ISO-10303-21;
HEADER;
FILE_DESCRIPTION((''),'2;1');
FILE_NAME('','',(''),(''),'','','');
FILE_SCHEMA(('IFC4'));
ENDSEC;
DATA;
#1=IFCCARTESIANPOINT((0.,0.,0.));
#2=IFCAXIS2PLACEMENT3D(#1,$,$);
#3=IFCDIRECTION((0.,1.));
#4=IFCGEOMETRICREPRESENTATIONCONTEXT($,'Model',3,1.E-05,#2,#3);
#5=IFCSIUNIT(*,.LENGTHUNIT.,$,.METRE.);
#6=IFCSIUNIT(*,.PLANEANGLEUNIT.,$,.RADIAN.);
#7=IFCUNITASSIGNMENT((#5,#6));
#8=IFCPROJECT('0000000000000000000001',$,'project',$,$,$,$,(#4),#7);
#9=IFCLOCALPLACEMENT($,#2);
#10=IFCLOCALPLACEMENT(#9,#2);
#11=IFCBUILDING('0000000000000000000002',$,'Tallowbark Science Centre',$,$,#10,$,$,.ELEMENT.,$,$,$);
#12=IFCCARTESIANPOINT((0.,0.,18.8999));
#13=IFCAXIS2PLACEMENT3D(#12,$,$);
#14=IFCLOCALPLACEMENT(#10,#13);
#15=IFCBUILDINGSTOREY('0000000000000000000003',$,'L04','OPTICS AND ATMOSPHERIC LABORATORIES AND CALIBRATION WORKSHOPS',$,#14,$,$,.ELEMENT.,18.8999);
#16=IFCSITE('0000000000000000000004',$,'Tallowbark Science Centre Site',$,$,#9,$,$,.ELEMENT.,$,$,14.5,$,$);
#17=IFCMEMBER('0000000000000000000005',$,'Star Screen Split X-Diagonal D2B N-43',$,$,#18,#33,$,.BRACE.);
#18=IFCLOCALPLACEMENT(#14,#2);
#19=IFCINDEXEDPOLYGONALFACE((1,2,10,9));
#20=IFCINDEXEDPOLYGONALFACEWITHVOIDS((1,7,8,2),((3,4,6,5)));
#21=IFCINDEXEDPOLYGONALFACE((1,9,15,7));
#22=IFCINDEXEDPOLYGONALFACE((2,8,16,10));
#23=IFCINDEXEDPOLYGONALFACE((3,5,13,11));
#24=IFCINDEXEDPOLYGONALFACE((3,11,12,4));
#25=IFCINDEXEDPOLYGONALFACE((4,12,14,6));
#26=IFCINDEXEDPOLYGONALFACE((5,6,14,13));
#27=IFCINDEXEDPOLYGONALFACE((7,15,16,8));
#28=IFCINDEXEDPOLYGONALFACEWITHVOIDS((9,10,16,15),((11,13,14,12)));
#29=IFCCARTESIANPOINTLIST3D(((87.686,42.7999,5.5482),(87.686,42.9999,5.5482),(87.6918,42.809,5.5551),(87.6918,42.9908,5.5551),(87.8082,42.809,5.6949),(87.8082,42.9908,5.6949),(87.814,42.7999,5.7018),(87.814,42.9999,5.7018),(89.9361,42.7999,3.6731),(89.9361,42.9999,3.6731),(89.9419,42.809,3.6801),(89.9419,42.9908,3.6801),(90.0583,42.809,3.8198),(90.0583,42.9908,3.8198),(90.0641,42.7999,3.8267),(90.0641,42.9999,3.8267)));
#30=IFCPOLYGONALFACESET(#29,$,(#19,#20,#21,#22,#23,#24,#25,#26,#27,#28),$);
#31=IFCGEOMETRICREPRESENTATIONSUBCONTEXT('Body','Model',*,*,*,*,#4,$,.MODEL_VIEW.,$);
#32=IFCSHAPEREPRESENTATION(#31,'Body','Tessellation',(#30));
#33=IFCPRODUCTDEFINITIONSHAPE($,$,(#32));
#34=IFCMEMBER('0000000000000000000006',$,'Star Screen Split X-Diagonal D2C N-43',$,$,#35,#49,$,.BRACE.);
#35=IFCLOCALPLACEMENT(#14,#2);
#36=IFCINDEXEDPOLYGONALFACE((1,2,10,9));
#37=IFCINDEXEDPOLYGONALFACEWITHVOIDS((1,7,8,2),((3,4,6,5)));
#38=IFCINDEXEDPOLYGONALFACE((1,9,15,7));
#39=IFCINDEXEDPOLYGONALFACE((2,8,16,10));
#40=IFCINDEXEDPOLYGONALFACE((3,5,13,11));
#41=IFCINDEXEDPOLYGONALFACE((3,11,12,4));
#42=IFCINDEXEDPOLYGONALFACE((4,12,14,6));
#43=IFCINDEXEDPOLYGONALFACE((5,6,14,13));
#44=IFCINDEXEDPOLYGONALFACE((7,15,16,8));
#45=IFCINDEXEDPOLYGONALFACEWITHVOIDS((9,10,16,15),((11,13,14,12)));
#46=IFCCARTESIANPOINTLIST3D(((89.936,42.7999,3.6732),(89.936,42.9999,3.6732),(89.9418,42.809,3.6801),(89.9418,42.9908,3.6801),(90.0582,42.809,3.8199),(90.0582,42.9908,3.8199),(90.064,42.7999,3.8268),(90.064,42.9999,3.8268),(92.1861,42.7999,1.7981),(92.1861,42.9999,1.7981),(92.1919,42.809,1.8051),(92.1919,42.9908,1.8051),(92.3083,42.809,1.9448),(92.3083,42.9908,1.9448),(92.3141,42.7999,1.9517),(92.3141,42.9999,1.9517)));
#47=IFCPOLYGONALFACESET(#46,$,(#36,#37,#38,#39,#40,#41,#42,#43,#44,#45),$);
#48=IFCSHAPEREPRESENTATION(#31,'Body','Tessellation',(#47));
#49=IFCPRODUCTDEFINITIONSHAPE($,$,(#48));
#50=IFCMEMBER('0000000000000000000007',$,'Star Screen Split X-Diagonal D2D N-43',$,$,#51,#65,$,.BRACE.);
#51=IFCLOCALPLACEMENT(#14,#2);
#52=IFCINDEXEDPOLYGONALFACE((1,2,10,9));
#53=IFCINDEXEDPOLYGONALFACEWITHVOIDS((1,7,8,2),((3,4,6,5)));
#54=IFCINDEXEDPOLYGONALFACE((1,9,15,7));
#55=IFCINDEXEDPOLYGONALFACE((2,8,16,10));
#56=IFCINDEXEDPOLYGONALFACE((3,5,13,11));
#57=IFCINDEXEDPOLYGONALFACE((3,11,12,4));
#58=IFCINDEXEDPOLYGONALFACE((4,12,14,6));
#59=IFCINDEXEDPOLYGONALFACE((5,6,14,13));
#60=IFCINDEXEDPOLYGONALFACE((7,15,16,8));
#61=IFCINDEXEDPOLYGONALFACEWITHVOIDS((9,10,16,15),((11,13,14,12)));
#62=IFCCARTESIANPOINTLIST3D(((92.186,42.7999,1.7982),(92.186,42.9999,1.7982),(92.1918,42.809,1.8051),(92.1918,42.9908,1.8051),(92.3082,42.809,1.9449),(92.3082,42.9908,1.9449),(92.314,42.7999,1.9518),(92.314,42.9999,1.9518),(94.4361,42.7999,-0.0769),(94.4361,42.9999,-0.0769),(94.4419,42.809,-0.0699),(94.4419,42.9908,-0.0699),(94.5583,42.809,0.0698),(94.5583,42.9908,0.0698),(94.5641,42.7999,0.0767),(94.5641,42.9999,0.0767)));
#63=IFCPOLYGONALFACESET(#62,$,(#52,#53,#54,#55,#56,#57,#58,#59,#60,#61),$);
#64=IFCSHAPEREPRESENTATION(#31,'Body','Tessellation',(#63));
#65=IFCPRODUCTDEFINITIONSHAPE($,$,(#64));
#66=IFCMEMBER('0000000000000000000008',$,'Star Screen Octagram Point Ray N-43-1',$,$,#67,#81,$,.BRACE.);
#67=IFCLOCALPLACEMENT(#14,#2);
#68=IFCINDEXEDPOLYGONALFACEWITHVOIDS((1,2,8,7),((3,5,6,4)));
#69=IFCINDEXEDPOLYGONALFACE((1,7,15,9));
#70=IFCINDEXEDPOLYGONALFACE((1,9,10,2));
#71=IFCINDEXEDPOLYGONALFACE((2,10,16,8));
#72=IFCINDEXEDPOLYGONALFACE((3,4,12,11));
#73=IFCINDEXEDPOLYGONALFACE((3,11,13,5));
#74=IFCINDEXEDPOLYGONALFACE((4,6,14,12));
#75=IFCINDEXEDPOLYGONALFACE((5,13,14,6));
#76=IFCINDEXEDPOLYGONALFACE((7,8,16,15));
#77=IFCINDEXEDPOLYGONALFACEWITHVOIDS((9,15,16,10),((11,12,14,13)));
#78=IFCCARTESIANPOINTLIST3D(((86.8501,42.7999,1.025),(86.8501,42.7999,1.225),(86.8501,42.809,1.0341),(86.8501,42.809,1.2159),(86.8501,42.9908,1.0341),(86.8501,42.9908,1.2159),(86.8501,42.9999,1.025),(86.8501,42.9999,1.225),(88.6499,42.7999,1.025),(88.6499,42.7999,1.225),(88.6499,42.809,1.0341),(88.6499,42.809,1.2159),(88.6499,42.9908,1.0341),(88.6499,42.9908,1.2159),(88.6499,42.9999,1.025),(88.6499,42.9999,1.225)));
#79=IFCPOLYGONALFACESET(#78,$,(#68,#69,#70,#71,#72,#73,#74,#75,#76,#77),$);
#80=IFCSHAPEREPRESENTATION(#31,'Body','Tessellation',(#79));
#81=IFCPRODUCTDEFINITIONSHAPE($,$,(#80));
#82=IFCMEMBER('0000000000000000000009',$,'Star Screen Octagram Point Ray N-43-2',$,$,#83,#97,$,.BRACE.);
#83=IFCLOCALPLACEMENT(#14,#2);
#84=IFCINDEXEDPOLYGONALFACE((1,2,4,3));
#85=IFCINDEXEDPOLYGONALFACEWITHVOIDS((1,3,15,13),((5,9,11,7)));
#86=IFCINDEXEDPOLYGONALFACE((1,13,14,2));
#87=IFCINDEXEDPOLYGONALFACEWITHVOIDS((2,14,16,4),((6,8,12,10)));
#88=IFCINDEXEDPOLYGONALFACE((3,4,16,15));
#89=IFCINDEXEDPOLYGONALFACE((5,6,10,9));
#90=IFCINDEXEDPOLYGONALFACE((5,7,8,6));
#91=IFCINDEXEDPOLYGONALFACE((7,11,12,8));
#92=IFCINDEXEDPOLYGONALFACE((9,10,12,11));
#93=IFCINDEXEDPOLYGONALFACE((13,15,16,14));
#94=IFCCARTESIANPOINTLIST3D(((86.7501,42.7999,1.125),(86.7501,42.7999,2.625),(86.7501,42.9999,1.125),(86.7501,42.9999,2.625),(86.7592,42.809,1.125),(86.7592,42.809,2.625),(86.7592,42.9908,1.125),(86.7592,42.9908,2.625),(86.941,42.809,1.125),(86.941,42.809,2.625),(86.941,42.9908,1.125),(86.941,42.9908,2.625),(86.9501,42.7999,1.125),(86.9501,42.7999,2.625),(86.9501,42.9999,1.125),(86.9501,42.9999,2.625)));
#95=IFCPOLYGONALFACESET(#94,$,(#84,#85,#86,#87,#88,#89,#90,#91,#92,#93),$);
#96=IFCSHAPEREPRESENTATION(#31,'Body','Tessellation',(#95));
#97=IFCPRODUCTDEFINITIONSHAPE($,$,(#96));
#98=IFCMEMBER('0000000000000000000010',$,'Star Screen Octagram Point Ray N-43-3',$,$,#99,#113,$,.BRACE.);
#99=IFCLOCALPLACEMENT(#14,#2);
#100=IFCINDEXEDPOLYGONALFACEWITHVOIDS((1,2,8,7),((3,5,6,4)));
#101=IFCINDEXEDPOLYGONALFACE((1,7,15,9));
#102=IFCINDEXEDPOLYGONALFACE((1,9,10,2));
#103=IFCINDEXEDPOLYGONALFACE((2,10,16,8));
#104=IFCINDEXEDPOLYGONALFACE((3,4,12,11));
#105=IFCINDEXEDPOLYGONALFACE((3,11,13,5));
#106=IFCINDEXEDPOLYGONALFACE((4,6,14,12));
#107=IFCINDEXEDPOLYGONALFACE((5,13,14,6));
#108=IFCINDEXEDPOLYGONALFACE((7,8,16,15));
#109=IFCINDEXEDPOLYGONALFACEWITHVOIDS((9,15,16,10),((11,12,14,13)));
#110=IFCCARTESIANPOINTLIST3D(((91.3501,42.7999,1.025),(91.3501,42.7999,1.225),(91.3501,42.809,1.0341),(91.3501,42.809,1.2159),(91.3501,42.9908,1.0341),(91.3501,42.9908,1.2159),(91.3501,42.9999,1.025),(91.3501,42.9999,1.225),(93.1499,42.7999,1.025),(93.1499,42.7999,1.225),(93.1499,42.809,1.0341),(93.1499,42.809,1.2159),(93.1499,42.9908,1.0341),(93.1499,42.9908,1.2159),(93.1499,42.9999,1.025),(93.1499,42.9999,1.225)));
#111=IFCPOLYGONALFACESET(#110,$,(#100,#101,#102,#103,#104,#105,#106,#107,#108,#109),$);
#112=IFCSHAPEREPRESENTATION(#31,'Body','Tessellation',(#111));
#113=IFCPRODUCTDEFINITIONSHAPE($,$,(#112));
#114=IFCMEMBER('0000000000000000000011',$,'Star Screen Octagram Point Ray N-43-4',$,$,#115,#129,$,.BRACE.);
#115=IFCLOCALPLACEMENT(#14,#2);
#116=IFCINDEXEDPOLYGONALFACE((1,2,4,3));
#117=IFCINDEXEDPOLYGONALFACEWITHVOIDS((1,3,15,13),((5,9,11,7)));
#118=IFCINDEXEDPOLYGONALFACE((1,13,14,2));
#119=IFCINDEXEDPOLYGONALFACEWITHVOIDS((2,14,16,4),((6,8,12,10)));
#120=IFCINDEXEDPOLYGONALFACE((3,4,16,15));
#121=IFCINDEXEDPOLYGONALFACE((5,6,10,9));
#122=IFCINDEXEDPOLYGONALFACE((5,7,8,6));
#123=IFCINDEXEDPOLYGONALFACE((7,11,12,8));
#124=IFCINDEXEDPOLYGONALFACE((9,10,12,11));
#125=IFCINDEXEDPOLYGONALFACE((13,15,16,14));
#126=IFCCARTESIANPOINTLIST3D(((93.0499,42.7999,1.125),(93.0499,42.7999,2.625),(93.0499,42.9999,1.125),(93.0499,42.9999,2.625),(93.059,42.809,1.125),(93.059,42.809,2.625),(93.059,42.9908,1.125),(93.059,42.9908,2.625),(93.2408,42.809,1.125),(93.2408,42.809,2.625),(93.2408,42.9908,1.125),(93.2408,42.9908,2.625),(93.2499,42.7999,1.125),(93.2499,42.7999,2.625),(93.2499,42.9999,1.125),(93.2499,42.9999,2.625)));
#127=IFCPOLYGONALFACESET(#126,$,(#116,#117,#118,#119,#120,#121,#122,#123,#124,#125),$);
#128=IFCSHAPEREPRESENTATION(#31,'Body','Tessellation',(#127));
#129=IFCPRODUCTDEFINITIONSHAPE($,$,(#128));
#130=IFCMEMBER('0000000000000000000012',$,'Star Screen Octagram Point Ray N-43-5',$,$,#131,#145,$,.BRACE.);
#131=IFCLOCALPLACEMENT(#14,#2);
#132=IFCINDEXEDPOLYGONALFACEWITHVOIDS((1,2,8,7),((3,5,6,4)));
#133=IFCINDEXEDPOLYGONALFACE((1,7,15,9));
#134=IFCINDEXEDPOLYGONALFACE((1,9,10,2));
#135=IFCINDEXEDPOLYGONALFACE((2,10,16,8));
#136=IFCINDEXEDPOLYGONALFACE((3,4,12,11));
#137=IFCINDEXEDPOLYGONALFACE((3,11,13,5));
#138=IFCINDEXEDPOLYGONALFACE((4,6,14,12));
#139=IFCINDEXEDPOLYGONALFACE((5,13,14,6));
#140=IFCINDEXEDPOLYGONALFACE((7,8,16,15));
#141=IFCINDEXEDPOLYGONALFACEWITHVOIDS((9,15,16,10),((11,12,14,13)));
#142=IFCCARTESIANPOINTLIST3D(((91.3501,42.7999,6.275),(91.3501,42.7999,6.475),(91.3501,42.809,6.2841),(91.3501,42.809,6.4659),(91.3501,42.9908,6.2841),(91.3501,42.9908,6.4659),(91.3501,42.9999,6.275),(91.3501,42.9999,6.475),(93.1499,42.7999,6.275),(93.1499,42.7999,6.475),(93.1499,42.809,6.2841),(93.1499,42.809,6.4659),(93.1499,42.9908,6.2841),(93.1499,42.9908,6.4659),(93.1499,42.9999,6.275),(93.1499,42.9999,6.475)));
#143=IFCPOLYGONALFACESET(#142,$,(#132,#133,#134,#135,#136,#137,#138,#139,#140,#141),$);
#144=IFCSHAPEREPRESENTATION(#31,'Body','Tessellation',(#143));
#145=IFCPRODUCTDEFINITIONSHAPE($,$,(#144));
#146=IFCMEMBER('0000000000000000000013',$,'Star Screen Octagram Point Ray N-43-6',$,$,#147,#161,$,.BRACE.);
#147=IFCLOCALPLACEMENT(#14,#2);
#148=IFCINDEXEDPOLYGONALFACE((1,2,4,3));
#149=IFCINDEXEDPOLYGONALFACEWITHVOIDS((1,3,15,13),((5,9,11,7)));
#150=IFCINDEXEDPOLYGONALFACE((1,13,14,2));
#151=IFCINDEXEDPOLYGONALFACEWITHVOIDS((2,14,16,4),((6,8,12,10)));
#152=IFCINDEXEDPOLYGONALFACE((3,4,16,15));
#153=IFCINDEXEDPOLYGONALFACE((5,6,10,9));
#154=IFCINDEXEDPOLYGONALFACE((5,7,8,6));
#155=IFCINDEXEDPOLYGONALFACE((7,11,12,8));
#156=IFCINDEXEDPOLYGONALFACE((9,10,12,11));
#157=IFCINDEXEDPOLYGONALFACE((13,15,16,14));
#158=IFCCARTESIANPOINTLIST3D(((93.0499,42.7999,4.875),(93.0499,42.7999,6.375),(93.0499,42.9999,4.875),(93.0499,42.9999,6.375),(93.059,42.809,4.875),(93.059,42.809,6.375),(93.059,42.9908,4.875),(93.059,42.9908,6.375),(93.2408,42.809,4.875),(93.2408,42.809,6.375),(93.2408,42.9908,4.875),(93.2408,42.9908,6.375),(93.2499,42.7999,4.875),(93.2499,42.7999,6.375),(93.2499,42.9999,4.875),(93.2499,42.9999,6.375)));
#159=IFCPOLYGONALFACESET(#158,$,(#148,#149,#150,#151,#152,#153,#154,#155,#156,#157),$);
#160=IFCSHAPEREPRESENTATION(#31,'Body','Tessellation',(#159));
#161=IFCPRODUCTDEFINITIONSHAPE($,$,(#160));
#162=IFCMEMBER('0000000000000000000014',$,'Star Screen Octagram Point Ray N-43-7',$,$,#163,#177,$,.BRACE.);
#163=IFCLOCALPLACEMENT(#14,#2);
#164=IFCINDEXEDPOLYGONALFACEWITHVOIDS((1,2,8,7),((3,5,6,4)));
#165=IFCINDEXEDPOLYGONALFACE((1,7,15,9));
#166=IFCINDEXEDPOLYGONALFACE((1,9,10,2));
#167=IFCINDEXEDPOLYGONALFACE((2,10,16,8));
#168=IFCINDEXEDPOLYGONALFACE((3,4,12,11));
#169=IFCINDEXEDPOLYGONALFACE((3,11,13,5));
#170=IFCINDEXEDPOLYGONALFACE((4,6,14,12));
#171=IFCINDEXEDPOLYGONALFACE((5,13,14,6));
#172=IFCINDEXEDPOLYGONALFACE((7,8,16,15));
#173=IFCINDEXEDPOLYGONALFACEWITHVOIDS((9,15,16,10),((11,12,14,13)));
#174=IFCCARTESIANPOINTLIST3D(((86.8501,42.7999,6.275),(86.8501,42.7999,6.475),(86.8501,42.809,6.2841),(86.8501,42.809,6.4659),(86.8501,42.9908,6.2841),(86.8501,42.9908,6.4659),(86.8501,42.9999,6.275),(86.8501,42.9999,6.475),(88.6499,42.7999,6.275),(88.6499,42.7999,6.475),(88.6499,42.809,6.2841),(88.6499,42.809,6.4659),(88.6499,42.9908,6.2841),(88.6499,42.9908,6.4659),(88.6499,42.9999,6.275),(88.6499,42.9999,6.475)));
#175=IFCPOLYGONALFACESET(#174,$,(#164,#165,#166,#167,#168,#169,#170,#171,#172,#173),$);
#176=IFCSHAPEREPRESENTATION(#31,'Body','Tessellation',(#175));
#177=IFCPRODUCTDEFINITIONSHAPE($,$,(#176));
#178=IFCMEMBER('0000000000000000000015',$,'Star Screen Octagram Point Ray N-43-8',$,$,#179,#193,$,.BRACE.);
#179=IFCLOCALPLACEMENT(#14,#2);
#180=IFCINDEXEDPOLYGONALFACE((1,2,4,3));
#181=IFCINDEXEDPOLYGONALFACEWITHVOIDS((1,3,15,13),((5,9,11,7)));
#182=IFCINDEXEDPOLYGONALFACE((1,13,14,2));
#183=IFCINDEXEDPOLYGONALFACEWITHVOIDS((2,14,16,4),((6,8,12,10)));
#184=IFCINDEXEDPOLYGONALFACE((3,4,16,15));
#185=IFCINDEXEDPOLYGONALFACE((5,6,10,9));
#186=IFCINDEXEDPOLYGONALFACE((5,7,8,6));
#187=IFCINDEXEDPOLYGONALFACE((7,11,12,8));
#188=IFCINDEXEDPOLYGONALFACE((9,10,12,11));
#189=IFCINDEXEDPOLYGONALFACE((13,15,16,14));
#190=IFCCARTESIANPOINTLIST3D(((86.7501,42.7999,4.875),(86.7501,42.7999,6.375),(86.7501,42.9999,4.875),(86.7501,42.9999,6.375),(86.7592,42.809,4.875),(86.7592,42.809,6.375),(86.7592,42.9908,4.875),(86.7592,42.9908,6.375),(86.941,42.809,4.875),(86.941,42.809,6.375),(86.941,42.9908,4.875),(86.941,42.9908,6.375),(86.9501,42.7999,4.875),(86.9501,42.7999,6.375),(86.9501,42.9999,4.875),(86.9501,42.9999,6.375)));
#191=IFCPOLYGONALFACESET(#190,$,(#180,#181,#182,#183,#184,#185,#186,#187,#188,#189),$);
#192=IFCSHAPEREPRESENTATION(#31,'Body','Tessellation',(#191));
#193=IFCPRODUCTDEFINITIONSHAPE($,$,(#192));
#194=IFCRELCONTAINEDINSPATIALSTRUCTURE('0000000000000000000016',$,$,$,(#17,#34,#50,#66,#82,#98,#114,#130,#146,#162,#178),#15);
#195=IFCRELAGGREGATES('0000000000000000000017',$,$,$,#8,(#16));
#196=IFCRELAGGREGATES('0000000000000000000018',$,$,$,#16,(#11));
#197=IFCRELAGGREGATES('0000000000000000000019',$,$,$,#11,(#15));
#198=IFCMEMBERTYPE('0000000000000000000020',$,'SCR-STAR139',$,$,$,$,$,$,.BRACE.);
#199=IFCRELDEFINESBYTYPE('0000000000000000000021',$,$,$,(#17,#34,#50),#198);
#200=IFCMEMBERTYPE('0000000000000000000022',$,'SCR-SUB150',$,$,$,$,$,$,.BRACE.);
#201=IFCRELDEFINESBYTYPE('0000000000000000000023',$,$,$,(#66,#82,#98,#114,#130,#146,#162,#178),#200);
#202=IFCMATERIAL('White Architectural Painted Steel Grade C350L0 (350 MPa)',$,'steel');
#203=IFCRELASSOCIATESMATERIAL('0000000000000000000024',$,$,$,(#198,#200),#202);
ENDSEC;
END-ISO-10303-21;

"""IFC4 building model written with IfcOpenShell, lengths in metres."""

from ifc_helpers import new_model, si_unit, direction, frame, origin, origin_2d, place, context, subcontext, project, spatial, hollow_rectangle, extrude, material, material_profile, profile_set, type_object, element, save


model = new_model("IFC4")

# Units and contexts
model_context = context("Model", 3, precision=1e-05, world=origin(), true_north=direction((0.0, 1.0)))
body_context = subcontext(model_context, "Body", "Model", "MODEL_VIEW")
ifc_project = project(units=[si_unit("LENGTHUNIT", "METRE"), si_unit("PLANEANGLEUNIT", "RADIAN")], contexts=[model_context])

# Site, building, storey
site_placement = place(None, origin())
site = spatial("IfcSite", under=ifc_project, at=site_placement, Name="Tallowbark Science Centre Site", CompositionType="ELEMENT", RefElevation=14.5)
building_placement = place(site_placement, origin())
building = spatial("IfcBuilding", under=site, at=building_placement, Name="Tallowbark Science Centre", CompositionType="ELEMENT")
storey_placement = place(building_placement, frame((0.0, 0.0, 18.8999)))
storey = spatial("IfcBuildingStorey", under=building, at=storey_placement, Name="L04", Description="OPTICS AND ATMOSPHERIC LABORATORIES AND CALIBRATION WORKSHOPS", CompositionType="ELEMENT", Elevation=18.8999)

# Shared definitions
ifc_material_1 = material(Name="White Architectural Painted Steel Grade C350L0 (350 MPa)", Category="steel")

# Members
ifc_material_profile_1 = material_profile(ifc_material_1, hollow_rectangle(XDim=0.2, YDim=0.2, WallThickness=0.009, at=origin_2d()), Name="200x200x9.0SHS")
ifc_profile_set_1 = profile_set([ifc_material_profile_1], Name="White Architectural Painted Steel Grade C350L0 (350 MPa)")
member_type_1 = type_object("IfcMemberType", Name="SCR-STAR139", PredefinedType="BRACE", material=ifc_profile_set_1)
for number, where, z_axis, x_axis, name in (
    (1, (87.75, 42.8999, 5.625), (0.768221, 0.0, -0.640184), (0.0, 1.0, 0.0), "Star Screen Split X-Diagonal D2B N-43"),
    (2, (90.0, 42.8999, 3.75), (0.768221, 0.0, -0.640184), (0.0, 1.0, 0.0), "Star Screen Split X-Diagonal D2C N-43"),
    (3, (92.25, 42.8999, 1.875), (0.768221, 0.0, -0.640184), (0.0, 1.0, 0.0), "Star Screen Split X-Diagonal D2D N-43"),
):
    element("IfcMember", number, at=place(storey_placement, frame(where, z_axis=z_axis, x_axis=x_axis)), inside=storey, type_object=member_type_1, Name=name, PredefinedType="BRACE", context=body_context, shape_type="SweptSolid", body=[
        extrude(hollow_rectangle(XDim=0.2, YDim=0.2, WallThickness=0.009, at=origin_2d()), origin(), (0.0, 0.0, 1.0), 2.929),
    ])
ifc_material_profile_2 = material_profile(ifc_material_1, hollow_rectangle(XDim=0.2, YDim=0.2, WallThickness=0.009, at=origin_2d()), Name="200x200x9.0SHS")
ifc_profile_set_2 = profile_set([ifc_material_profile_2], Name="White Architectural Painted Steel Grade C350L0 (350 MPa)")
member_type_2 = type_object("IfcMemberType", Name="SCR-SUB150", PredefinedType="BRACE", material=ifc_profile_set_2)
member_1_placement = place(storey_placement, frame((86.8501, 42.8999, 1.125), z_axis=(1.0, 0.0, 0.0), x_axis=(0.0, 1.0, 0.0)))
element("IfcMember", 4, at=member_1_placement, inside=storey, type_object=member_type_2, Name="Star Screen Octagram Point Ray N-43-1", PredefinedType="BRACE", context=body_context, shape_type="SweptSolid", body=[
    extrude(hollow_rectangle(XDim=0.2, YDim=0.2, WallThickness=0.009, at=origin_2d()), origin(), (0.0, 0.0, 1.0), 1.7998),
])
member_2_placement = place(storey_placement, frame((86.8501, 42.8999, 1.125), z_axis=(0.0, 0.0, 1.0), x_axis=(1.0, 0.0, 0.0)))
element("IfcMember", 5, at=member_2_placement, inside=storey, type_object=member_type_2, Name="Star Screen Octagram Point Ray N-43-2", PredefinedType="BRACE", context=body_context, shape_type="SweptSolid", body=[
    extrude(hollow_rectangle(XDim=0.2, YDim=0.2, WallThickness=0.009, at=origin_2d()), origin(), (0.0, 0.0, 1.0), 1.5),
])
member_3_placement = place(storey_placement, frame((93.1499, 42.8999, 1.125), z_axis=(-1.0, 0.0, 0.0), x_axis=(0.0, -1.0, 0.0)))
element("IfcMember", 6, at=member_3_placement, inside=storey, type_object=member_type_2, Name="Star Screen Octagram Point Ray N-43-3", PredefinedType="BRACE", context=body_context, shape_type="SweptSolid", body=[
    extrude(hollow_rectangle(XDim=0.2, YDim=0.2, WallThickness=0.009, at=origin_2d()), origin(), (0.0, 0.0, 1.0), 1.7998),
])
member_4_placement = place(storey_placement, frame((93.1499, 42.8999, 1.125), z_axis=(0.0, 0.0, 1.0), x_axis=(1.0, 0.0, 0.0)))
element("IfcMember", 7, at=member_4_placement, inside=storey, type_object=member_type_2, Name="Star Screen Octagram Point Ray N-43-4", PredefinedType="BRACE", context=body_context, shape_type="SweptSolid", body=[
    extrude(hollow_rectangle(XDim=0.2, YDim=0.2, WallThickness=0.009, at=origin_2d()), origin(), (0.0, 0.0, 1.0), 1.5),
])
member_5_placement = place(storey_placement, frame((93.1499, 42.8999, 6.375), z_axis=(-1.0, 0.0, 0.0), x_axis=(0.0, -1.0, 0.0)))
element("IfcMember", 8, at=member_5_placement, inside=storey, type_object=member_type_2, Name="Star Screen Octagram Point Ray N-43-5", PredefinedType="BRACE", context=body_context, shape_type="SweptSolid", body=[
    extrude(hollow_rectangle(XDim=0.2, YDim=0.2, WallThickness=0.009, at=origin_2d()), origin(), (0.0, 0.0, 1.0), 1.7998),
])
member_6_placement = place(storey_placement, frame((93.1499, 42.8999, 6.375), z_axis=(0.0, 0.0, -1.0), x_axis=(1.0, 0.0, 0.0)))
element("IfcMember", 9, at=member_6_placement, inside=storey, type_object=member_type_2, Name="Star Screen Octagram Point Ray N-43-6", PredefinedType="BRACE", context=body_context, shape_type="SweptSolid", body=[
    extrude(hollow_rectangle(XDim=0.2, YDim=0.2, WallThickness=0.009, at=origin_2d()), origin(), (0.0, 0.0, 1.0), 1.5),
])
member_7_placement = place(storey_placement, frame((86.8501, 42.8999, 6.375), z_axis=(1.0, 0.0, 0.0), x_axis=(0.0, 1.0, 0.0)))
element("IfcMember", 10, at=member_7_placement, inside=storey, type_object=member_type_2, Name="Star Screen Octagram Point Ray N-43-7", PredefinedType="BRACE", context=body_context, shape_type="SweptSolid", body=[
    extrude(hollow_rectangle(XDim=0.2, YDim=0.2, WallThickness=0.009, at=origin_2d()), origin(), (0.0, 0.0, 1.0), 1.7998),
])
member_8_placement = place(storey_placement, frame((86.8501, 42.8999, 6.375), z_axis=(0.0, 0.0, -1.0), x_axis=(1.0, 0.0, 0.0)))
element("IfcMember", 11, at=member_8_placement, inside=storey, type_object=member_type_2, Name="Star Screen Octagram Point Ray N-43-8", PredefinedType="BRACE", context=body_context, shape_type="SweptSolid", body=[
    extrude(hollow_rectangle(XDim=0.2, YDim=0.2, WallThickness=0.009, at=origin_2d()), origin(), (0.0, 0.0, 1.0), 1.5),
])

save(model, "model.ifc")
